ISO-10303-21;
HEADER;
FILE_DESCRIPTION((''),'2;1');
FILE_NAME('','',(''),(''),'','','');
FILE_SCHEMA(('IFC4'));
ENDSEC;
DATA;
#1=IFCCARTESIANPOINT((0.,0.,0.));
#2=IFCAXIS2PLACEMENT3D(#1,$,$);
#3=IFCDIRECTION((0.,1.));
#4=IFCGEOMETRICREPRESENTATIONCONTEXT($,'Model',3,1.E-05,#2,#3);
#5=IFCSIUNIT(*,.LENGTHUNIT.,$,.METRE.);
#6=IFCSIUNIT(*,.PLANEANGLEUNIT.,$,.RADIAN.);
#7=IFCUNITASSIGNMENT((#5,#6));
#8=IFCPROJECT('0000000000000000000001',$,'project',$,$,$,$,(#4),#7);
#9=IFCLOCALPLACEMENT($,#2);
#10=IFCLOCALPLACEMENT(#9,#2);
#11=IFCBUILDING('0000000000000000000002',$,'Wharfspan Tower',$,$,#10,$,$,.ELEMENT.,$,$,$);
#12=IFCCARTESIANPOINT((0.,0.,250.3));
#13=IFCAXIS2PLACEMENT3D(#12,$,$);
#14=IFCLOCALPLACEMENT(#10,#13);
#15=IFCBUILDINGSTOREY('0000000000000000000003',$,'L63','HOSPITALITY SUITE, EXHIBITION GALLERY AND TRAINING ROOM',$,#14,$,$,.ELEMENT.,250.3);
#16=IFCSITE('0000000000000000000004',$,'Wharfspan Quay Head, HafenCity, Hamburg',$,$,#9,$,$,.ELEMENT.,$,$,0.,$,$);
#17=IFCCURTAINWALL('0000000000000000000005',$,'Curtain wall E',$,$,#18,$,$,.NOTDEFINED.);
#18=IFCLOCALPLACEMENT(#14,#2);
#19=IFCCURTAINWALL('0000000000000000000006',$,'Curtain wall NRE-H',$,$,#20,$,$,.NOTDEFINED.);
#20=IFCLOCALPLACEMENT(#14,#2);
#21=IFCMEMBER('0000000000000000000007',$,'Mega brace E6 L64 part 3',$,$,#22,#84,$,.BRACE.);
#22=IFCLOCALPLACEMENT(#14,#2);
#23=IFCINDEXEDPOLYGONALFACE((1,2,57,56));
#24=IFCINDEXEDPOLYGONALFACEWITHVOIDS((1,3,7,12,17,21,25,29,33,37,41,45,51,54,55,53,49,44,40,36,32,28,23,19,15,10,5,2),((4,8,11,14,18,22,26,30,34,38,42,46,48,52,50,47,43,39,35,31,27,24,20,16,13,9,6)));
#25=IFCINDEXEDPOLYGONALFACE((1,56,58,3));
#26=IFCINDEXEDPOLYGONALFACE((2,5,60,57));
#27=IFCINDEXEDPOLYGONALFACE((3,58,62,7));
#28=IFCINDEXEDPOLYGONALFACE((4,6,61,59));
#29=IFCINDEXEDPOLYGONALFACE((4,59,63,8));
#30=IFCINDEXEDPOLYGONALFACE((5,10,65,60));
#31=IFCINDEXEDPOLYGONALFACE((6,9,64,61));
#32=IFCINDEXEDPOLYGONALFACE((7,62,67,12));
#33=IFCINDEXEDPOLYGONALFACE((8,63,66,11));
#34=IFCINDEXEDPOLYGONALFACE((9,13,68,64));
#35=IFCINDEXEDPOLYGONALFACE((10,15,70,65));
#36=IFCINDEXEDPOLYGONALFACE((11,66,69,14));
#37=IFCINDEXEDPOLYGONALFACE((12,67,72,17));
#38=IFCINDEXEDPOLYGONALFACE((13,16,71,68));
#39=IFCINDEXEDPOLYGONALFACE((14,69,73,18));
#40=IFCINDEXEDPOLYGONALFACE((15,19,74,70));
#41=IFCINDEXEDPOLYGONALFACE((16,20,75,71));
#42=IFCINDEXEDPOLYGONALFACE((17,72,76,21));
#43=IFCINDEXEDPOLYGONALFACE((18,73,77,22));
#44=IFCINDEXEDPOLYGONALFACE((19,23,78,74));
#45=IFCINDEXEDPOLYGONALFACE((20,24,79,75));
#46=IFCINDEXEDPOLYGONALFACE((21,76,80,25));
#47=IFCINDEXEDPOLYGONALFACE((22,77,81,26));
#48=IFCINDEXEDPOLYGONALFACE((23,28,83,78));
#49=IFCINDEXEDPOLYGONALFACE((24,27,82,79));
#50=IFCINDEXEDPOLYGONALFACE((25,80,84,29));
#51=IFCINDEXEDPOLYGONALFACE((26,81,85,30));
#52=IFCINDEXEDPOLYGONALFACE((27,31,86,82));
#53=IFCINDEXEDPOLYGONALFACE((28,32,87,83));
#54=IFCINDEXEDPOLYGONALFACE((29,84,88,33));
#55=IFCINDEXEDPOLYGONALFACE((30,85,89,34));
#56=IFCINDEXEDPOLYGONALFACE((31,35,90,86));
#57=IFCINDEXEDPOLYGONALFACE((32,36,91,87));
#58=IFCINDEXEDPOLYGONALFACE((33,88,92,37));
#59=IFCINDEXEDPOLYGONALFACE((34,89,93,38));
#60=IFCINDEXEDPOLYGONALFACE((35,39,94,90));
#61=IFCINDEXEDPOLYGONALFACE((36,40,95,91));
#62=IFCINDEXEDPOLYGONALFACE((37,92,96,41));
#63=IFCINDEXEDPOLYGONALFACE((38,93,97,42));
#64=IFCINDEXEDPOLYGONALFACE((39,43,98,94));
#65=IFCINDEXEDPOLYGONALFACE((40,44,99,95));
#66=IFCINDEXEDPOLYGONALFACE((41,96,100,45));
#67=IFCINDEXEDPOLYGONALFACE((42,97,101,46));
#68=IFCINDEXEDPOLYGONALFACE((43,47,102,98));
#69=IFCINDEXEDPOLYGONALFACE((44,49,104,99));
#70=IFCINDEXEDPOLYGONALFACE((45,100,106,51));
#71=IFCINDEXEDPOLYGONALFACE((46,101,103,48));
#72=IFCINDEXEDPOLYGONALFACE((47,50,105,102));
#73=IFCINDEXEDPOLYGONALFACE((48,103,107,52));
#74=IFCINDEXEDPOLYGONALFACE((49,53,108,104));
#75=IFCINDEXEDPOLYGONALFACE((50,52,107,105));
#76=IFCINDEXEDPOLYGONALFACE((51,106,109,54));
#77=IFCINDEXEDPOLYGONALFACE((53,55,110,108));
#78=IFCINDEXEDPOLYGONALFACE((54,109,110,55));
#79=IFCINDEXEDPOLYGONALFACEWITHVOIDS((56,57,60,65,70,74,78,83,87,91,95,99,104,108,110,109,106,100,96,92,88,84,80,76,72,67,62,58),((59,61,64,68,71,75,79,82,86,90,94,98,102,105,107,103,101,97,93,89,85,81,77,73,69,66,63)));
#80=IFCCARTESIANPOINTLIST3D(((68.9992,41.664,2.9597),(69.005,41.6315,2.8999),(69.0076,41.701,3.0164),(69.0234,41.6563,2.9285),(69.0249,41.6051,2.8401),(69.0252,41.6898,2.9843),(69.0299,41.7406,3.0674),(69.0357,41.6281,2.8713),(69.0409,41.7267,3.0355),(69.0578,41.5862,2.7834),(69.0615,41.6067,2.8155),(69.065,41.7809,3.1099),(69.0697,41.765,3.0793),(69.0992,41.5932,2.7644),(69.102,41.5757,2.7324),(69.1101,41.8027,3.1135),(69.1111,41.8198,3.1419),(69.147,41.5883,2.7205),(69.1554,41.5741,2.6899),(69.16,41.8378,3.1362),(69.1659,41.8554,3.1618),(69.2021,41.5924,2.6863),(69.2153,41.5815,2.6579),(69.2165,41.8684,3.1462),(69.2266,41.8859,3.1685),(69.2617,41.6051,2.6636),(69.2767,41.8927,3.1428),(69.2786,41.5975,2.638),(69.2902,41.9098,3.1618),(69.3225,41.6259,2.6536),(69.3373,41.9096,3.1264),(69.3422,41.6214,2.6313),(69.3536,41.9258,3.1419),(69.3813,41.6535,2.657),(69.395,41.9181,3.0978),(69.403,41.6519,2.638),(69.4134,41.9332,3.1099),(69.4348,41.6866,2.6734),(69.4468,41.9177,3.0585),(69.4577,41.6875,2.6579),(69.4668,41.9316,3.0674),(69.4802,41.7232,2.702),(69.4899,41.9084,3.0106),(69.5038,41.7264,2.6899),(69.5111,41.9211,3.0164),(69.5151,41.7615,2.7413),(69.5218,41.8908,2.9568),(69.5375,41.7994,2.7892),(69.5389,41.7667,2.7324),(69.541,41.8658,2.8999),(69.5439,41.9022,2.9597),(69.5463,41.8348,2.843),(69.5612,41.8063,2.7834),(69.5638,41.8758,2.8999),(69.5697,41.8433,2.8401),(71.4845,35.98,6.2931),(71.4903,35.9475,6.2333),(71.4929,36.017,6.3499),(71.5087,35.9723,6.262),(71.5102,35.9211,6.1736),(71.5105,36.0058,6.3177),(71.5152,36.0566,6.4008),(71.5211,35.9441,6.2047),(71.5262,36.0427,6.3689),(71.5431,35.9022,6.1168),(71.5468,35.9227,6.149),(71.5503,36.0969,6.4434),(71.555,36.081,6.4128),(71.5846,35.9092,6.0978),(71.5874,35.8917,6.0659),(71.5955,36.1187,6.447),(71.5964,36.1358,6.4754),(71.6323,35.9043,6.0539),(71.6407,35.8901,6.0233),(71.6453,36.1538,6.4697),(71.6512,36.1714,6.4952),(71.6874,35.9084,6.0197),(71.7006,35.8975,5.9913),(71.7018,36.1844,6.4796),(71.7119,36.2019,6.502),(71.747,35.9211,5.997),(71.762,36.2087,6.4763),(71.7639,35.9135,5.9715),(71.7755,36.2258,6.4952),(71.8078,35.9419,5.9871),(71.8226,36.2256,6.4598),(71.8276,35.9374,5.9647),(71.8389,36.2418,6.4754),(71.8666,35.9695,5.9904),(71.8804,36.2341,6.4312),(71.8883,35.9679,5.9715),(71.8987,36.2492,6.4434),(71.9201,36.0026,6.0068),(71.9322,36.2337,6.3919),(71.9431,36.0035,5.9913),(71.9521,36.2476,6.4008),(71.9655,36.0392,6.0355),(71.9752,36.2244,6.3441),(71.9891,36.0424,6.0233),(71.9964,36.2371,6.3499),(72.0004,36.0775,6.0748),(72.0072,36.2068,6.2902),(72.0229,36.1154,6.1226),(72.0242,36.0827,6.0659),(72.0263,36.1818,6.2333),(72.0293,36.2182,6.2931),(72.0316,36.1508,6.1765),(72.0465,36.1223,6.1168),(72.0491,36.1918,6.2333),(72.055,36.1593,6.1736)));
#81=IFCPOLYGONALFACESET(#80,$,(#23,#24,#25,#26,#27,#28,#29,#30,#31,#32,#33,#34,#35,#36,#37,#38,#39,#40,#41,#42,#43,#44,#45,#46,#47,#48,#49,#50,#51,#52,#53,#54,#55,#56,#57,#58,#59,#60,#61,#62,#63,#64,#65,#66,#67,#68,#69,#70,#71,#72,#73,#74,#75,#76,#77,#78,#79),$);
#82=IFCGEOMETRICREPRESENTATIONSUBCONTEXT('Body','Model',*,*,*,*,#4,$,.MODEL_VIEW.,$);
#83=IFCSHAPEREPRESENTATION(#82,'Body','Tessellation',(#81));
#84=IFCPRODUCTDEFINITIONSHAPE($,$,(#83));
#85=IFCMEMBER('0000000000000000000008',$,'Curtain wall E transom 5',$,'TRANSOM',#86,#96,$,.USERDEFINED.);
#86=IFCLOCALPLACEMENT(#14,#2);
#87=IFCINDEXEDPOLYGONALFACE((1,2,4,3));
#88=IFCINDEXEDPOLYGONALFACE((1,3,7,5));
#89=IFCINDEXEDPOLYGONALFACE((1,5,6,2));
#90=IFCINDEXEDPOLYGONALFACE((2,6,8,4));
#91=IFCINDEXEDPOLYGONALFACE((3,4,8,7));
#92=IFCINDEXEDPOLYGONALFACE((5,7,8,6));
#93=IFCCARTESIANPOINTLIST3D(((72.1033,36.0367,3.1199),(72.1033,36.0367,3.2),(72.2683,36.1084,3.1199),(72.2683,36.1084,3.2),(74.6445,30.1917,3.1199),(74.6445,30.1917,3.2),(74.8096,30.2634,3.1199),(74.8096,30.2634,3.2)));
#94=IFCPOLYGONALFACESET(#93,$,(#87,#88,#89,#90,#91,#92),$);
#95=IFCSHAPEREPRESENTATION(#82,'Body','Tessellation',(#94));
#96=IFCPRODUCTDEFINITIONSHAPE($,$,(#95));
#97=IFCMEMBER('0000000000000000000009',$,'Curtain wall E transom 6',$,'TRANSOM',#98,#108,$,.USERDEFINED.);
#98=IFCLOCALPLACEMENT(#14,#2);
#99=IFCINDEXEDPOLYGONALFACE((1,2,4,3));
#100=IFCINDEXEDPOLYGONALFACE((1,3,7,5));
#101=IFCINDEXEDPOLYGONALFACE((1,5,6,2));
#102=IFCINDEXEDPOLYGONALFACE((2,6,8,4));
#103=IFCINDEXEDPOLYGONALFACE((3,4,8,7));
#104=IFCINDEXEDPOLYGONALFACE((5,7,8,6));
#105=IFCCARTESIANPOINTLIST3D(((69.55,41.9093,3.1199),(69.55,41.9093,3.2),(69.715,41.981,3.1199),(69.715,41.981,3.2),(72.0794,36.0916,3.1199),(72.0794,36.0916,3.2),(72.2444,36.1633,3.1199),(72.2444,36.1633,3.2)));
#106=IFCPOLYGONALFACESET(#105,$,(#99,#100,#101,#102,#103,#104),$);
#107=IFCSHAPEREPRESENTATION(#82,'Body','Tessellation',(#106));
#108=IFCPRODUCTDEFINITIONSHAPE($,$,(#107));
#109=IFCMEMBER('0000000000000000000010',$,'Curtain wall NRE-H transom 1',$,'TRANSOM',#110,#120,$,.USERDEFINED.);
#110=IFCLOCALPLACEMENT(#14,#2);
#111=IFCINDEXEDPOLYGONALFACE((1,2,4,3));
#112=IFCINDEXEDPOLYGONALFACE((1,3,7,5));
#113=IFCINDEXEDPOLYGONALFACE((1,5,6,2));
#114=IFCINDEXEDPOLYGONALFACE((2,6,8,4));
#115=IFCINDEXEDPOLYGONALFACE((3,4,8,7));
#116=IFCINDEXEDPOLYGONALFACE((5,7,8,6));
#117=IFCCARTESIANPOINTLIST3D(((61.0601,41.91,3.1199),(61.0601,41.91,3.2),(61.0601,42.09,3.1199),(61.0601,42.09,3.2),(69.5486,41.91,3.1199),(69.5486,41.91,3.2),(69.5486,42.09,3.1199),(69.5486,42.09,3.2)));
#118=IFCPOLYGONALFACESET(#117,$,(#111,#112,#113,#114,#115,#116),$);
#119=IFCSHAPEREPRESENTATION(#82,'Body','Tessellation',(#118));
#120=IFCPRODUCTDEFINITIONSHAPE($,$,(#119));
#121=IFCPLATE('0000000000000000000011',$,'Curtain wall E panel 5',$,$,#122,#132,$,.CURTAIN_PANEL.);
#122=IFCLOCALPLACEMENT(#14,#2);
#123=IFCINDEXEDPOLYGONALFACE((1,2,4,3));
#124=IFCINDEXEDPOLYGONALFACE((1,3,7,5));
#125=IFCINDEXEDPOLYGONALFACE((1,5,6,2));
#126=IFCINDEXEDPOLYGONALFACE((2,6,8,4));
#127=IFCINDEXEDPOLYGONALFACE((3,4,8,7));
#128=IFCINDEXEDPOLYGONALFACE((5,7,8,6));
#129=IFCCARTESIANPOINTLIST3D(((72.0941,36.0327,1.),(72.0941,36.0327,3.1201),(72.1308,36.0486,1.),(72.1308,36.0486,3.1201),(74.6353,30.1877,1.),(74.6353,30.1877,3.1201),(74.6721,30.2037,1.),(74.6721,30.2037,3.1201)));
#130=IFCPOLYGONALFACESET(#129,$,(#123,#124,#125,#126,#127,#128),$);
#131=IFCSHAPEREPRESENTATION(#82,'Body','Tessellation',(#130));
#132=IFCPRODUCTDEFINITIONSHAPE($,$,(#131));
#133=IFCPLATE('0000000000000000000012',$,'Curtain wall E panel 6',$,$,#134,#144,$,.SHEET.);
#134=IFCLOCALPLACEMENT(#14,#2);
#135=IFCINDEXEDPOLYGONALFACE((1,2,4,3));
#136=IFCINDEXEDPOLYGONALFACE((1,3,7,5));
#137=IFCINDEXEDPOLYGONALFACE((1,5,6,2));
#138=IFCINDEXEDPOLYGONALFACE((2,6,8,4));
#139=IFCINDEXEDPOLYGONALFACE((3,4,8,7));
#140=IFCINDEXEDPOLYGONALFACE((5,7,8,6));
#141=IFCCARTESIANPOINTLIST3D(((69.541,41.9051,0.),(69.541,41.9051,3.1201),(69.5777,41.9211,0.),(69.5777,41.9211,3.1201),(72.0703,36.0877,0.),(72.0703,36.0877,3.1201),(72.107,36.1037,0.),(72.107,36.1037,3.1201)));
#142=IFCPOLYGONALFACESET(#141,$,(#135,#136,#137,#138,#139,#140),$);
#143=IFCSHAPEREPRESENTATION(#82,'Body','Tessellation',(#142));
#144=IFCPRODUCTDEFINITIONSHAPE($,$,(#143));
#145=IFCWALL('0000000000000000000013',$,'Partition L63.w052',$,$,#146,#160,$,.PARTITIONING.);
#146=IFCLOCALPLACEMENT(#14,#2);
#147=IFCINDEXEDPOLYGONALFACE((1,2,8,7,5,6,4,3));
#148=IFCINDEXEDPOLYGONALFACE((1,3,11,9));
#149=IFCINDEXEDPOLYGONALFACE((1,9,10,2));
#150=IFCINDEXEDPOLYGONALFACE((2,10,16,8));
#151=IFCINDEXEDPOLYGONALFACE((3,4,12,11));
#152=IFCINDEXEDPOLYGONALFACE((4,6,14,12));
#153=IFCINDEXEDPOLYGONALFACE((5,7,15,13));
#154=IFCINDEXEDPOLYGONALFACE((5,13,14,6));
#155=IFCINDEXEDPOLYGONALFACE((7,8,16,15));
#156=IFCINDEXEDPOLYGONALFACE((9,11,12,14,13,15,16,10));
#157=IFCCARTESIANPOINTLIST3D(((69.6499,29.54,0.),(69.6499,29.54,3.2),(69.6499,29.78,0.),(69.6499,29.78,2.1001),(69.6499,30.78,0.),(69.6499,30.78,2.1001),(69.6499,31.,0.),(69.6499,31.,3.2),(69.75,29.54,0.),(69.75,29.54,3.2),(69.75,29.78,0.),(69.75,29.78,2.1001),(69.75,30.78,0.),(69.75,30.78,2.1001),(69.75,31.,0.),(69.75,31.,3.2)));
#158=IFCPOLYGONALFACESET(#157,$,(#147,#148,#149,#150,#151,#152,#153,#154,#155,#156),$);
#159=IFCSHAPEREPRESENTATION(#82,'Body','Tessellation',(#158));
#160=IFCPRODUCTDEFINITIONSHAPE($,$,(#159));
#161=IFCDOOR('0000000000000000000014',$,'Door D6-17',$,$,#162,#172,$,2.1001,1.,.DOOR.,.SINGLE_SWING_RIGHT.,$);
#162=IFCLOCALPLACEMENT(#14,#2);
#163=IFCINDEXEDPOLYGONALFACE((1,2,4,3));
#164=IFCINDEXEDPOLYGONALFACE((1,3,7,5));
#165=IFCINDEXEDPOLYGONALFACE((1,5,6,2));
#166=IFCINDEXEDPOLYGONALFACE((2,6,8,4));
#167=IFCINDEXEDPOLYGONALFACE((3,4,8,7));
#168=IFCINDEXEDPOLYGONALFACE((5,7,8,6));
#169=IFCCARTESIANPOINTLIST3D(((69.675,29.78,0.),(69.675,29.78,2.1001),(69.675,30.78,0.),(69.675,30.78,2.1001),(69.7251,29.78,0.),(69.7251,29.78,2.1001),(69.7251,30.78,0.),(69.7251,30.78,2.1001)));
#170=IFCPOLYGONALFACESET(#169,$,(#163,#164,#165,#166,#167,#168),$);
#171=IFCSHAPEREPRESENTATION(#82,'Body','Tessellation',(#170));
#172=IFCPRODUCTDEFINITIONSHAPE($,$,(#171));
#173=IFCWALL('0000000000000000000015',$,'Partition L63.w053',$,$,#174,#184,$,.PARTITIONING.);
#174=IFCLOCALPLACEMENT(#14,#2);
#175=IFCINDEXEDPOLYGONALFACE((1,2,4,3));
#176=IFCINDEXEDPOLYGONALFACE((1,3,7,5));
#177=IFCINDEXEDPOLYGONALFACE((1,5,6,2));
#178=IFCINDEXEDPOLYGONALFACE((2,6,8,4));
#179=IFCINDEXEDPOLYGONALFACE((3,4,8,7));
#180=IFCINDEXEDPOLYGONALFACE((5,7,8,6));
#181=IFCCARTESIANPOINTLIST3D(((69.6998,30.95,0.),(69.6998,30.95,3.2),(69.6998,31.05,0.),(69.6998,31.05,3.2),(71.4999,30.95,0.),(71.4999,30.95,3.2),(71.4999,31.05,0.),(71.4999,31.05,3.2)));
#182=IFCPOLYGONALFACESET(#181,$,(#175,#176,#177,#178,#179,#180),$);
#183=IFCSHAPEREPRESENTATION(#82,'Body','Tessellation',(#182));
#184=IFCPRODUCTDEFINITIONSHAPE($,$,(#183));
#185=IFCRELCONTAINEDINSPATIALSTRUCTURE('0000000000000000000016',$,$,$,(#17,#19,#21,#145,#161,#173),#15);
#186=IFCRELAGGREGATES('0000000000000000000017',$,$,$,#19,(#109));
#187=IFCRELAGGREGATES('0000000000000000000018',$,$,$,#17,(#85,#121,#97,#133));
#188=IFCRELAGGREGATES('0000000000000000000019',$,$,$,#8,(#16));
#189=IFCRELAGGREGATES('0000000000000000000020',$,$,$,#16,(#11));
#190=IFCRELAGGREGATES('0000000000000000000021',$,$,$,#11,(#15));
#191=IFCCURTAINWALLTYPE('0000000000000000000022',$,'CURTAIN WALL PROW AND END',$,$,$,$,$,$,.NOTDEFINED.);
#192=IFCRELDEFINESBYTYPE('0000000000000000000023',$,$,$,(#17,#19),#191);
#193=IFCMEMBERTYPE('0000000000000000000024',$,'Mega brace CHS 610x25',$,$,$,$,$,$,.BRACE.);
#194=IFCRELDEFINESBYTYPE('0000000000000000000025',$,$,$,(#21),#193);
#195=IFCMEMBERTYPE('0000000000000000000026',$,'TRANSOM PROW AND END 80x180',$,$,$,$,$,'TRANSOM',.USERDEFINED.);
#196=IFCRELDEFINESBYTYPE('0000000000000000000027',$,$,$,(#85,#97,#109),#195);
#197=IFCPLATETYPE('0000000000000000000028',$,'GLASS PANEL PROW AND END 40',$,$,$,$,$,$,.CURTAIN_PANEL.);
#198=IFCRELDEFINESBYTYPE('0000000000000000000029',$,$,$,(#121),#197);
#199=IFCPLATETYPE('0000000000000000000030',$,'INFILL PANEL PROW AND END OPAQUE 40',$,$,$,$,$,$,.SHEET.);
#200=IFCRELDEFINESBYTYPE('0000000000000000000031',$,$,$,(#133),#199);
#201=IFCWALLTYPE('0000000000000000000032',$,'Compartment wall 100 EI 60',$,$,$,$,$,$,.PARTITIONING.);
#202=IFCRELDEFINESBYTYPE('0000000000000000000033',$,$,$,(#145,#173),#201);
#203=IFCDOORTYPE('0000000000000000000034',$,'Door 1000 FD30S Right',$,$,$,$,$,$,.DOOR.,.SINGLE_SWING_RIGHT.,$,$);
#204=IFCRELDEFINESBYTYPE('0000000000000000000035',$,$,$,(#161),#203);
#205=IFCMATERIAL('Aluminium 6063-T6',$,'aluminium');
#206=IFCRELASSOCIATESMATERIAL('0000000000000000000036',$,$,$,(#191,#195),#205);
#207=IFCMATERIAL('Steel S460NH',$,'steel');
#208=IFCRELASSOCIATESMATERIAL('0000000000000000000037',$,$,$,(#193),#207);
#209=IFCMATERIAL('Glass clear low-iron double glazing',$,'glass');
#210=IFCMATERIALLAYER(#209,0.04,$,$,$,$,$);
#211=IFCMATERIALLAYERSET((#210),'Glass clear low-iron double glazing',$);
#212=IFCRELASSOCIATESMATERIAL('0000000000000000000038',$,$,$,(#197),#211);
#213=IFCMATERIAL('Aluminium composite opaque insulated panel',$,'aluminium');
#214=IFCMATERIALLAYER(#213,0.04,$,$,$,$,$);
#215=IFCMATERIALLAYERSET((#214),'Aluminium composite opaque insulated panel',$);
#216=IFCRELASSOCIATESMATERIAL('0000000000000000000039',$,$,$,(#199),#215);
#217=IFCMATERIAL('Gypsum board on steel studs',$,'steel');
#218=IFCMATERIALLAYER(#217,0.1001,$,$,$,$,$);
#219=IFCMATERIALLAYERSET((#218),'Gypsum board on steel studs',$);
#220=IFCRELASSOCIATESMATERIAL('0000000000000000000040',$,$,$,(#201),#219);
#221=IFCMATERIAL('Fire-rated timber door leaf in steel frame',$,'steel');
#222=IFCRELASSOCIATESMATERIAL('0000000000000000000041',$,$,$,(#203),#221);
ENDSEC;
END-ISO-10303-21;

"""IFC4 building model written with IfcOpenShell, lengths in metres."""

from ifc_helpers import new_model, si_unit, direction, frame, frame_2d, origin, origin_2d, place, context, subcontext, project, spatial, rectangle, hollow_circle, extrude, material, layer, layer_set, material_profile, profile_set, type_object, element, fill, aggregate, save


model = new_model("IFC4")

# Units and contexts
model_context = context("Model", 3, precision=1e-05, world=origin(), true_north=direction((0.0, 1.0)))
body_context = subcontext(model_context, "Body", "Model", "MODEL_VIEW")
ifc_project = project(units=[si_unit("LENGTHUNIT", "METRE"), si_unit("PLANEANGLEUNIT", "RADIAN")], contexts=[model_context])

# Site, building, storey
site_placement = place(None, origin())
site = spatial("IfcSite", under=ifc_project, at=site_placement, Name="Wharfspan Quay Head, HafenCity, Hamburg", CompositionType="ELEMENT", RefElevation=0.0)
building_placement = place(site_placement, origin())
building = spatial("IfcBuilding", under=site, at=building_placement, Name="Wharfspan Tower", CompositionType="ELEMENT")
storey_placement = place(building_placement, frame((0.0, 0.0, 250.3)))
storey = spatial("IfcBuildingStorey", under=building, at=storey_placement, Name="L63", Description="HOSPITALITY SUITE, EXHIBITION GALLERY AND TRAINING ROOM", CompositionType="ELEMENT", Elevation=250.3)

# Curtain wall
ifc_material_1 = material(Name="Aluminium 6063-T6", Category="aluminium")
curtain_wall_type = type_object("IfcCurtainWallType", Name="CURTAIN WALL PROW AND END", PredefinedType="NOTDEFINED", material=ifc_material_1)
curtain_wall_1_placement = place(storey_placement, origin())
curtain_wall_1 = element("IfcCurtainWall", 1, at=curtain_wall_1_placement, inside=storey, type_object=curtain_wall_type, Name="Curtain wall E", PredefinedType="NOTDEFINED")

# Curtain wall
curtain_wall_2_placement = place(storey_placement, origin())
curtain_wall_2 = element("IfcCurtainWall", 2, at=curtain_wall_2_placement, inside=storey, type_object=curtain_wall_type, Name="Curtain wall NRE-H", PredefinedType="NOTDEFINED")

# Member
ifc_material_2 = material(Name="Steel S460NH", Category="steel")
ifc_material_profile_1 = material_profile(ifc_material_2, hollow_circle(Radius=0.3049, WallThickness=0.0249, at=origin_2d()))
ifc_profile_set_1 = profile_set([ifc_material_profile_1], Name="Steel S460NH")
member_type_1 = type_object("IfcMemberType", Name="Mega brace CHS 610x25", PredefinedType="BRACE", material=ifc_profile_set_1)
member_1_placement = place(storey_placement, frame((69.2844, 41.7537, 2.8999), z_axis=(0.352903, -0.807102, 0.473334), x_axis=(0.916243, 0.400624, -0.000001)))
element("IfcMember", 3, at=member_1_placement, inside=storey, type_object=member_type_1, Name="Mega brace E6 L64 part 3", PredefinedType="BRACE", context=body_context, shape_type="SweptSolid", body=[
    extrude(hollow_circle(Radius=0.3049, WallThickness=0.0249, at=origin_2d()), origin(), (0.0, 0.0, 1.0), 7.0425),
])

# Members
ifc_material_profile_2 = material_profile(ifc_material_1, rectangle(XDim=0.1799, YDim=0.0801, at=origin_2d()))
ifc_profile_set_2 = profile_set([ifc_material_profile_2], Name="Aluminium 6063-T6")
member_type_2 = type_object("IfcMemberType", Name="TRANSOM PROW AND END 80x180", ElementType="TRANSOM", PredefinedType="USERDEFINED", material=ifc_profile_set_2)
member_2_placement = place(storey_placement, frame((74.7271, 30.2275, 3.1599), z_axis=(-0.398722, 0.917072, 0.0), x_axis=(-0.917072, -0.398722, 0.0)))
member_2 = element("IfcMember", 4, at=member_2_placement, type_object=member_type_2, Name="Curtain wall E transom 5", ObjectType="TRANSOM", PredefinedType="USERDEFINED", context=body_context, shape_type="SweptSolid", body=[
    extrude(rectangle(XDim=0.1799, YDim=0.0801, at=origin_2d()), origin(), (0.0, 0.0, 1.0), 6.3735),
])
member_3_placement = place(storey_placement, frame((72.1619, 36.1274, 3.1599), z_axis=(-0.398712, 0.917076, 0.0), x_axis=(-0.917076, -0.398712, 0.0)))
member_3 = element("IfcMember", 5, at=member_3_placement, type_object=member_type_2, Name="Curtain wall E transom 6", ObjectType="TRANSOM", PredefinedType="USERDEFINED", context=body_context, shape_type="SweptSolid", body=[
    extrude(rectangle(XDim=0.1799, YDim=0.0801, at=origin_2d()), origin(), (0.0, 0.0, 1.0), 6.3438),
])
member_4_placement = place(storey_placement, frame((69.5486, 42.0, 3.1599), z_axis=(-1.0, 0.0, 0.0), x_axis=(0.0, -1.0, 0.0)))
member_4 = element("IfcMember", 6, at=member_4_placement, type_object=member_type_2, Name="Curtain wall NRE-H transom 1", ObjectType="TRANSOM", PredefinedType="USERDEFINED", context=body_context, shape_type="SweptSolid", body=[
    extrude(rectangle(XDim=0.1799, YDim=0.0801, at=origin_2d()), origin(), (0.0, 0.0, 1.0), 8.4885),
])
aggregate(curtain_wall_2, [member_4])

# Plates
ifc_material_3 = material(Name="Glass clear low-iron double glazing", Category="glass")
ifc_layer_1 = layer(ifc_material_3, 0.04)
ifc_layer_set_1 = layer_set([ifc_layer_1], Name="Glass clear low-iron double glazing")
plate_type_1 = type_object("IfcPlateType", Name="GLASS PANEL PROW AND END 40", PredefinedType="CURTAIN_PANEL", material=ifc_layer_set_1)
plate_1_placement = place(storey_placement, frame((73.3831, 33.1182, 1.0), z_axis=(0.0, 0.0, 1.0), x_axis=(-0.398727, 0.917072, 0.0)))
plate_1 = element("IfcPlate", 7, at=plate_1_placement, type_object=plate_type_1, Name="Curtain wall E panel 5", PredefinedType="CURTAIN_PANEL", context=body_context, shape_type="SweptSolid", body=[
    extrude(rectangle(XDim=6.3735, YDim=0.04, at=origin_2d()), origin(), (0.0, 0.0, 1.0), 2.1201),
])
ifc_material_4 = material(Name="Aluminium composite opaque insulated panel", Category="aluminium")
ifc_layer_2 = layer(ifc_material_4, 0.04)
ifc_layer_set_2 = layer_set([ifc_layer_2], Name="Aluminium composite opaque insulated panel")
plate_type_2 = type_object("IfcPlateType", Name="INFILL PANEL PROW AND END OPAQUE 40", PredefinedType="SHEET", material=ifc_layer_set_2)
plate_2_placement = place(storey_placement, frame((70.824, 39.0044, 0.0), z_axis=(0.0, 0.0, 1.0), x_axis=(-0.398727, 0.917072, 0.0)))
plate_2 = element("IfcPlate", 8, at=plate_2_placement, type_object=plate_type_2, Name="Curtain wall E panel 6", PredefinedType="SHEET", context=body_context, shape_type="SweptSolid", body=[
    extrude(rectangle(XDim=6.3435, YDim=0.04, at=origin_2d()), origin(), (0.0, 0.0, 1.0), 3.1201),
])
aggregate(curtain_wall_1, [member_2, plate_1, member_3, plate_2])

# Wall, opening, door
ifc_material_5 = material(Name="Gypsum board on steel studs", Category="steel")
ifc_layer_3 = layer(ifc_material_5, 0.1001)
ifc_layer_set_3 = layer_set([ifc_layer_3], Name="Gypsum board on steel studs")
wall_type_1 = type_object("IfcWallType", Name="Compartment wall 100 EI 60", PredefinedType="PARTITIONING", material=ifc_layer_set_3)
wall_1_placement = place(storey_placement, frame((69.7, 29.54, 0.0), z_axis=(0.0, 0.0, 1.0), x_axis=(0.0, 1.0, 0.0)))
wall_1 = element("IfcWall", 9, at=wall_1_placement, inside=storey, type_object=wall_type_1, Name="Partition L63.w052", PredefinedType="PARTITIONING", context=body_context, shape_type="SweptSolid", body=[
    extrude(rectangle(XDim=1.46, YDim=0.1001, at=frame_2d((0.73, 0.0))), origin(), (0.0, 0.0, 1.0), 3.2),
])
opening_placement = place(wall_1_placement, frame((0.24, 0.0, 0.0)))
opening = element("IfcOpeningElement", 10, at=opening_placement, cuts=wall_1, PredefinedType="OPENING", context=body_context, shape_type="SweptSolid", body=[
    extrude(rectangle(XDim=1.0, YDim=2.1001, at=frame_2d((0.5, 1.05))), frame((0.0, 0.0601, 0.0), z_axis=(0.0, -1.0, 0.0), x_axis=(1.0, 0.0, 0.0)), (0.0, 0.0, 1.0), 0.1201),
])
ifc_material_6 = material(Name="Fire-rated timber door leaf in steel frame", Category="steel")
door_type = type_object("IfcDoorType", Name="Door 1000 FD30S Right", OperationType="SINGLE_SWING_RIGHT", PredefinedType="DOOR", material=ifc_material_6)
door_placement = place(opening_placement, origin())
door = element("IfcDoor", 11, at=door_placement, inside=storey, type_object=door_type, Name="Door D6-17", OperationType="SINGLE_SWING_RIGHT", OverallHeight=2.1001, OverallWidth=1.0, PredefinedType="DOOR", context=body_context, shape_type="SweptSolid", body=[
    extrude(rectangle(XDim=1.0, YDim=2.1001, at=frame_2d((0.5, 1.05))), frame((0.0, 0.0249, 0.0), z_axis=(0.0, -1.0, 0.0), x_axis=(1.0, 0.0, 0.0)), (0.0, 0.0, 1.0), 0.05),
])
fill(opening, door)

# Wall
wall_2_placement = place(storey_placement, frame((69.7, 31.0, 0.0), z_axis=(0.0, 0.0, 1.0), x_axis=(1.0, 0.0, 0.0)))
element("IfcWall", 12, at=wall_2_placement, inside=storey, type_object=wall_type_1, Name="Partition L63.w053", PredefinedType="PARTITIONING", context=body_context, shape_type="SweptSolid", body=[
    extrude(rectangle(XDim=1.8, YDim=0.1001, at=frame_2d((0.8999, 0.0))), origin(), (0.0, 0.0, 1.0), 3.2),
])

save(model, "model.ifc")
